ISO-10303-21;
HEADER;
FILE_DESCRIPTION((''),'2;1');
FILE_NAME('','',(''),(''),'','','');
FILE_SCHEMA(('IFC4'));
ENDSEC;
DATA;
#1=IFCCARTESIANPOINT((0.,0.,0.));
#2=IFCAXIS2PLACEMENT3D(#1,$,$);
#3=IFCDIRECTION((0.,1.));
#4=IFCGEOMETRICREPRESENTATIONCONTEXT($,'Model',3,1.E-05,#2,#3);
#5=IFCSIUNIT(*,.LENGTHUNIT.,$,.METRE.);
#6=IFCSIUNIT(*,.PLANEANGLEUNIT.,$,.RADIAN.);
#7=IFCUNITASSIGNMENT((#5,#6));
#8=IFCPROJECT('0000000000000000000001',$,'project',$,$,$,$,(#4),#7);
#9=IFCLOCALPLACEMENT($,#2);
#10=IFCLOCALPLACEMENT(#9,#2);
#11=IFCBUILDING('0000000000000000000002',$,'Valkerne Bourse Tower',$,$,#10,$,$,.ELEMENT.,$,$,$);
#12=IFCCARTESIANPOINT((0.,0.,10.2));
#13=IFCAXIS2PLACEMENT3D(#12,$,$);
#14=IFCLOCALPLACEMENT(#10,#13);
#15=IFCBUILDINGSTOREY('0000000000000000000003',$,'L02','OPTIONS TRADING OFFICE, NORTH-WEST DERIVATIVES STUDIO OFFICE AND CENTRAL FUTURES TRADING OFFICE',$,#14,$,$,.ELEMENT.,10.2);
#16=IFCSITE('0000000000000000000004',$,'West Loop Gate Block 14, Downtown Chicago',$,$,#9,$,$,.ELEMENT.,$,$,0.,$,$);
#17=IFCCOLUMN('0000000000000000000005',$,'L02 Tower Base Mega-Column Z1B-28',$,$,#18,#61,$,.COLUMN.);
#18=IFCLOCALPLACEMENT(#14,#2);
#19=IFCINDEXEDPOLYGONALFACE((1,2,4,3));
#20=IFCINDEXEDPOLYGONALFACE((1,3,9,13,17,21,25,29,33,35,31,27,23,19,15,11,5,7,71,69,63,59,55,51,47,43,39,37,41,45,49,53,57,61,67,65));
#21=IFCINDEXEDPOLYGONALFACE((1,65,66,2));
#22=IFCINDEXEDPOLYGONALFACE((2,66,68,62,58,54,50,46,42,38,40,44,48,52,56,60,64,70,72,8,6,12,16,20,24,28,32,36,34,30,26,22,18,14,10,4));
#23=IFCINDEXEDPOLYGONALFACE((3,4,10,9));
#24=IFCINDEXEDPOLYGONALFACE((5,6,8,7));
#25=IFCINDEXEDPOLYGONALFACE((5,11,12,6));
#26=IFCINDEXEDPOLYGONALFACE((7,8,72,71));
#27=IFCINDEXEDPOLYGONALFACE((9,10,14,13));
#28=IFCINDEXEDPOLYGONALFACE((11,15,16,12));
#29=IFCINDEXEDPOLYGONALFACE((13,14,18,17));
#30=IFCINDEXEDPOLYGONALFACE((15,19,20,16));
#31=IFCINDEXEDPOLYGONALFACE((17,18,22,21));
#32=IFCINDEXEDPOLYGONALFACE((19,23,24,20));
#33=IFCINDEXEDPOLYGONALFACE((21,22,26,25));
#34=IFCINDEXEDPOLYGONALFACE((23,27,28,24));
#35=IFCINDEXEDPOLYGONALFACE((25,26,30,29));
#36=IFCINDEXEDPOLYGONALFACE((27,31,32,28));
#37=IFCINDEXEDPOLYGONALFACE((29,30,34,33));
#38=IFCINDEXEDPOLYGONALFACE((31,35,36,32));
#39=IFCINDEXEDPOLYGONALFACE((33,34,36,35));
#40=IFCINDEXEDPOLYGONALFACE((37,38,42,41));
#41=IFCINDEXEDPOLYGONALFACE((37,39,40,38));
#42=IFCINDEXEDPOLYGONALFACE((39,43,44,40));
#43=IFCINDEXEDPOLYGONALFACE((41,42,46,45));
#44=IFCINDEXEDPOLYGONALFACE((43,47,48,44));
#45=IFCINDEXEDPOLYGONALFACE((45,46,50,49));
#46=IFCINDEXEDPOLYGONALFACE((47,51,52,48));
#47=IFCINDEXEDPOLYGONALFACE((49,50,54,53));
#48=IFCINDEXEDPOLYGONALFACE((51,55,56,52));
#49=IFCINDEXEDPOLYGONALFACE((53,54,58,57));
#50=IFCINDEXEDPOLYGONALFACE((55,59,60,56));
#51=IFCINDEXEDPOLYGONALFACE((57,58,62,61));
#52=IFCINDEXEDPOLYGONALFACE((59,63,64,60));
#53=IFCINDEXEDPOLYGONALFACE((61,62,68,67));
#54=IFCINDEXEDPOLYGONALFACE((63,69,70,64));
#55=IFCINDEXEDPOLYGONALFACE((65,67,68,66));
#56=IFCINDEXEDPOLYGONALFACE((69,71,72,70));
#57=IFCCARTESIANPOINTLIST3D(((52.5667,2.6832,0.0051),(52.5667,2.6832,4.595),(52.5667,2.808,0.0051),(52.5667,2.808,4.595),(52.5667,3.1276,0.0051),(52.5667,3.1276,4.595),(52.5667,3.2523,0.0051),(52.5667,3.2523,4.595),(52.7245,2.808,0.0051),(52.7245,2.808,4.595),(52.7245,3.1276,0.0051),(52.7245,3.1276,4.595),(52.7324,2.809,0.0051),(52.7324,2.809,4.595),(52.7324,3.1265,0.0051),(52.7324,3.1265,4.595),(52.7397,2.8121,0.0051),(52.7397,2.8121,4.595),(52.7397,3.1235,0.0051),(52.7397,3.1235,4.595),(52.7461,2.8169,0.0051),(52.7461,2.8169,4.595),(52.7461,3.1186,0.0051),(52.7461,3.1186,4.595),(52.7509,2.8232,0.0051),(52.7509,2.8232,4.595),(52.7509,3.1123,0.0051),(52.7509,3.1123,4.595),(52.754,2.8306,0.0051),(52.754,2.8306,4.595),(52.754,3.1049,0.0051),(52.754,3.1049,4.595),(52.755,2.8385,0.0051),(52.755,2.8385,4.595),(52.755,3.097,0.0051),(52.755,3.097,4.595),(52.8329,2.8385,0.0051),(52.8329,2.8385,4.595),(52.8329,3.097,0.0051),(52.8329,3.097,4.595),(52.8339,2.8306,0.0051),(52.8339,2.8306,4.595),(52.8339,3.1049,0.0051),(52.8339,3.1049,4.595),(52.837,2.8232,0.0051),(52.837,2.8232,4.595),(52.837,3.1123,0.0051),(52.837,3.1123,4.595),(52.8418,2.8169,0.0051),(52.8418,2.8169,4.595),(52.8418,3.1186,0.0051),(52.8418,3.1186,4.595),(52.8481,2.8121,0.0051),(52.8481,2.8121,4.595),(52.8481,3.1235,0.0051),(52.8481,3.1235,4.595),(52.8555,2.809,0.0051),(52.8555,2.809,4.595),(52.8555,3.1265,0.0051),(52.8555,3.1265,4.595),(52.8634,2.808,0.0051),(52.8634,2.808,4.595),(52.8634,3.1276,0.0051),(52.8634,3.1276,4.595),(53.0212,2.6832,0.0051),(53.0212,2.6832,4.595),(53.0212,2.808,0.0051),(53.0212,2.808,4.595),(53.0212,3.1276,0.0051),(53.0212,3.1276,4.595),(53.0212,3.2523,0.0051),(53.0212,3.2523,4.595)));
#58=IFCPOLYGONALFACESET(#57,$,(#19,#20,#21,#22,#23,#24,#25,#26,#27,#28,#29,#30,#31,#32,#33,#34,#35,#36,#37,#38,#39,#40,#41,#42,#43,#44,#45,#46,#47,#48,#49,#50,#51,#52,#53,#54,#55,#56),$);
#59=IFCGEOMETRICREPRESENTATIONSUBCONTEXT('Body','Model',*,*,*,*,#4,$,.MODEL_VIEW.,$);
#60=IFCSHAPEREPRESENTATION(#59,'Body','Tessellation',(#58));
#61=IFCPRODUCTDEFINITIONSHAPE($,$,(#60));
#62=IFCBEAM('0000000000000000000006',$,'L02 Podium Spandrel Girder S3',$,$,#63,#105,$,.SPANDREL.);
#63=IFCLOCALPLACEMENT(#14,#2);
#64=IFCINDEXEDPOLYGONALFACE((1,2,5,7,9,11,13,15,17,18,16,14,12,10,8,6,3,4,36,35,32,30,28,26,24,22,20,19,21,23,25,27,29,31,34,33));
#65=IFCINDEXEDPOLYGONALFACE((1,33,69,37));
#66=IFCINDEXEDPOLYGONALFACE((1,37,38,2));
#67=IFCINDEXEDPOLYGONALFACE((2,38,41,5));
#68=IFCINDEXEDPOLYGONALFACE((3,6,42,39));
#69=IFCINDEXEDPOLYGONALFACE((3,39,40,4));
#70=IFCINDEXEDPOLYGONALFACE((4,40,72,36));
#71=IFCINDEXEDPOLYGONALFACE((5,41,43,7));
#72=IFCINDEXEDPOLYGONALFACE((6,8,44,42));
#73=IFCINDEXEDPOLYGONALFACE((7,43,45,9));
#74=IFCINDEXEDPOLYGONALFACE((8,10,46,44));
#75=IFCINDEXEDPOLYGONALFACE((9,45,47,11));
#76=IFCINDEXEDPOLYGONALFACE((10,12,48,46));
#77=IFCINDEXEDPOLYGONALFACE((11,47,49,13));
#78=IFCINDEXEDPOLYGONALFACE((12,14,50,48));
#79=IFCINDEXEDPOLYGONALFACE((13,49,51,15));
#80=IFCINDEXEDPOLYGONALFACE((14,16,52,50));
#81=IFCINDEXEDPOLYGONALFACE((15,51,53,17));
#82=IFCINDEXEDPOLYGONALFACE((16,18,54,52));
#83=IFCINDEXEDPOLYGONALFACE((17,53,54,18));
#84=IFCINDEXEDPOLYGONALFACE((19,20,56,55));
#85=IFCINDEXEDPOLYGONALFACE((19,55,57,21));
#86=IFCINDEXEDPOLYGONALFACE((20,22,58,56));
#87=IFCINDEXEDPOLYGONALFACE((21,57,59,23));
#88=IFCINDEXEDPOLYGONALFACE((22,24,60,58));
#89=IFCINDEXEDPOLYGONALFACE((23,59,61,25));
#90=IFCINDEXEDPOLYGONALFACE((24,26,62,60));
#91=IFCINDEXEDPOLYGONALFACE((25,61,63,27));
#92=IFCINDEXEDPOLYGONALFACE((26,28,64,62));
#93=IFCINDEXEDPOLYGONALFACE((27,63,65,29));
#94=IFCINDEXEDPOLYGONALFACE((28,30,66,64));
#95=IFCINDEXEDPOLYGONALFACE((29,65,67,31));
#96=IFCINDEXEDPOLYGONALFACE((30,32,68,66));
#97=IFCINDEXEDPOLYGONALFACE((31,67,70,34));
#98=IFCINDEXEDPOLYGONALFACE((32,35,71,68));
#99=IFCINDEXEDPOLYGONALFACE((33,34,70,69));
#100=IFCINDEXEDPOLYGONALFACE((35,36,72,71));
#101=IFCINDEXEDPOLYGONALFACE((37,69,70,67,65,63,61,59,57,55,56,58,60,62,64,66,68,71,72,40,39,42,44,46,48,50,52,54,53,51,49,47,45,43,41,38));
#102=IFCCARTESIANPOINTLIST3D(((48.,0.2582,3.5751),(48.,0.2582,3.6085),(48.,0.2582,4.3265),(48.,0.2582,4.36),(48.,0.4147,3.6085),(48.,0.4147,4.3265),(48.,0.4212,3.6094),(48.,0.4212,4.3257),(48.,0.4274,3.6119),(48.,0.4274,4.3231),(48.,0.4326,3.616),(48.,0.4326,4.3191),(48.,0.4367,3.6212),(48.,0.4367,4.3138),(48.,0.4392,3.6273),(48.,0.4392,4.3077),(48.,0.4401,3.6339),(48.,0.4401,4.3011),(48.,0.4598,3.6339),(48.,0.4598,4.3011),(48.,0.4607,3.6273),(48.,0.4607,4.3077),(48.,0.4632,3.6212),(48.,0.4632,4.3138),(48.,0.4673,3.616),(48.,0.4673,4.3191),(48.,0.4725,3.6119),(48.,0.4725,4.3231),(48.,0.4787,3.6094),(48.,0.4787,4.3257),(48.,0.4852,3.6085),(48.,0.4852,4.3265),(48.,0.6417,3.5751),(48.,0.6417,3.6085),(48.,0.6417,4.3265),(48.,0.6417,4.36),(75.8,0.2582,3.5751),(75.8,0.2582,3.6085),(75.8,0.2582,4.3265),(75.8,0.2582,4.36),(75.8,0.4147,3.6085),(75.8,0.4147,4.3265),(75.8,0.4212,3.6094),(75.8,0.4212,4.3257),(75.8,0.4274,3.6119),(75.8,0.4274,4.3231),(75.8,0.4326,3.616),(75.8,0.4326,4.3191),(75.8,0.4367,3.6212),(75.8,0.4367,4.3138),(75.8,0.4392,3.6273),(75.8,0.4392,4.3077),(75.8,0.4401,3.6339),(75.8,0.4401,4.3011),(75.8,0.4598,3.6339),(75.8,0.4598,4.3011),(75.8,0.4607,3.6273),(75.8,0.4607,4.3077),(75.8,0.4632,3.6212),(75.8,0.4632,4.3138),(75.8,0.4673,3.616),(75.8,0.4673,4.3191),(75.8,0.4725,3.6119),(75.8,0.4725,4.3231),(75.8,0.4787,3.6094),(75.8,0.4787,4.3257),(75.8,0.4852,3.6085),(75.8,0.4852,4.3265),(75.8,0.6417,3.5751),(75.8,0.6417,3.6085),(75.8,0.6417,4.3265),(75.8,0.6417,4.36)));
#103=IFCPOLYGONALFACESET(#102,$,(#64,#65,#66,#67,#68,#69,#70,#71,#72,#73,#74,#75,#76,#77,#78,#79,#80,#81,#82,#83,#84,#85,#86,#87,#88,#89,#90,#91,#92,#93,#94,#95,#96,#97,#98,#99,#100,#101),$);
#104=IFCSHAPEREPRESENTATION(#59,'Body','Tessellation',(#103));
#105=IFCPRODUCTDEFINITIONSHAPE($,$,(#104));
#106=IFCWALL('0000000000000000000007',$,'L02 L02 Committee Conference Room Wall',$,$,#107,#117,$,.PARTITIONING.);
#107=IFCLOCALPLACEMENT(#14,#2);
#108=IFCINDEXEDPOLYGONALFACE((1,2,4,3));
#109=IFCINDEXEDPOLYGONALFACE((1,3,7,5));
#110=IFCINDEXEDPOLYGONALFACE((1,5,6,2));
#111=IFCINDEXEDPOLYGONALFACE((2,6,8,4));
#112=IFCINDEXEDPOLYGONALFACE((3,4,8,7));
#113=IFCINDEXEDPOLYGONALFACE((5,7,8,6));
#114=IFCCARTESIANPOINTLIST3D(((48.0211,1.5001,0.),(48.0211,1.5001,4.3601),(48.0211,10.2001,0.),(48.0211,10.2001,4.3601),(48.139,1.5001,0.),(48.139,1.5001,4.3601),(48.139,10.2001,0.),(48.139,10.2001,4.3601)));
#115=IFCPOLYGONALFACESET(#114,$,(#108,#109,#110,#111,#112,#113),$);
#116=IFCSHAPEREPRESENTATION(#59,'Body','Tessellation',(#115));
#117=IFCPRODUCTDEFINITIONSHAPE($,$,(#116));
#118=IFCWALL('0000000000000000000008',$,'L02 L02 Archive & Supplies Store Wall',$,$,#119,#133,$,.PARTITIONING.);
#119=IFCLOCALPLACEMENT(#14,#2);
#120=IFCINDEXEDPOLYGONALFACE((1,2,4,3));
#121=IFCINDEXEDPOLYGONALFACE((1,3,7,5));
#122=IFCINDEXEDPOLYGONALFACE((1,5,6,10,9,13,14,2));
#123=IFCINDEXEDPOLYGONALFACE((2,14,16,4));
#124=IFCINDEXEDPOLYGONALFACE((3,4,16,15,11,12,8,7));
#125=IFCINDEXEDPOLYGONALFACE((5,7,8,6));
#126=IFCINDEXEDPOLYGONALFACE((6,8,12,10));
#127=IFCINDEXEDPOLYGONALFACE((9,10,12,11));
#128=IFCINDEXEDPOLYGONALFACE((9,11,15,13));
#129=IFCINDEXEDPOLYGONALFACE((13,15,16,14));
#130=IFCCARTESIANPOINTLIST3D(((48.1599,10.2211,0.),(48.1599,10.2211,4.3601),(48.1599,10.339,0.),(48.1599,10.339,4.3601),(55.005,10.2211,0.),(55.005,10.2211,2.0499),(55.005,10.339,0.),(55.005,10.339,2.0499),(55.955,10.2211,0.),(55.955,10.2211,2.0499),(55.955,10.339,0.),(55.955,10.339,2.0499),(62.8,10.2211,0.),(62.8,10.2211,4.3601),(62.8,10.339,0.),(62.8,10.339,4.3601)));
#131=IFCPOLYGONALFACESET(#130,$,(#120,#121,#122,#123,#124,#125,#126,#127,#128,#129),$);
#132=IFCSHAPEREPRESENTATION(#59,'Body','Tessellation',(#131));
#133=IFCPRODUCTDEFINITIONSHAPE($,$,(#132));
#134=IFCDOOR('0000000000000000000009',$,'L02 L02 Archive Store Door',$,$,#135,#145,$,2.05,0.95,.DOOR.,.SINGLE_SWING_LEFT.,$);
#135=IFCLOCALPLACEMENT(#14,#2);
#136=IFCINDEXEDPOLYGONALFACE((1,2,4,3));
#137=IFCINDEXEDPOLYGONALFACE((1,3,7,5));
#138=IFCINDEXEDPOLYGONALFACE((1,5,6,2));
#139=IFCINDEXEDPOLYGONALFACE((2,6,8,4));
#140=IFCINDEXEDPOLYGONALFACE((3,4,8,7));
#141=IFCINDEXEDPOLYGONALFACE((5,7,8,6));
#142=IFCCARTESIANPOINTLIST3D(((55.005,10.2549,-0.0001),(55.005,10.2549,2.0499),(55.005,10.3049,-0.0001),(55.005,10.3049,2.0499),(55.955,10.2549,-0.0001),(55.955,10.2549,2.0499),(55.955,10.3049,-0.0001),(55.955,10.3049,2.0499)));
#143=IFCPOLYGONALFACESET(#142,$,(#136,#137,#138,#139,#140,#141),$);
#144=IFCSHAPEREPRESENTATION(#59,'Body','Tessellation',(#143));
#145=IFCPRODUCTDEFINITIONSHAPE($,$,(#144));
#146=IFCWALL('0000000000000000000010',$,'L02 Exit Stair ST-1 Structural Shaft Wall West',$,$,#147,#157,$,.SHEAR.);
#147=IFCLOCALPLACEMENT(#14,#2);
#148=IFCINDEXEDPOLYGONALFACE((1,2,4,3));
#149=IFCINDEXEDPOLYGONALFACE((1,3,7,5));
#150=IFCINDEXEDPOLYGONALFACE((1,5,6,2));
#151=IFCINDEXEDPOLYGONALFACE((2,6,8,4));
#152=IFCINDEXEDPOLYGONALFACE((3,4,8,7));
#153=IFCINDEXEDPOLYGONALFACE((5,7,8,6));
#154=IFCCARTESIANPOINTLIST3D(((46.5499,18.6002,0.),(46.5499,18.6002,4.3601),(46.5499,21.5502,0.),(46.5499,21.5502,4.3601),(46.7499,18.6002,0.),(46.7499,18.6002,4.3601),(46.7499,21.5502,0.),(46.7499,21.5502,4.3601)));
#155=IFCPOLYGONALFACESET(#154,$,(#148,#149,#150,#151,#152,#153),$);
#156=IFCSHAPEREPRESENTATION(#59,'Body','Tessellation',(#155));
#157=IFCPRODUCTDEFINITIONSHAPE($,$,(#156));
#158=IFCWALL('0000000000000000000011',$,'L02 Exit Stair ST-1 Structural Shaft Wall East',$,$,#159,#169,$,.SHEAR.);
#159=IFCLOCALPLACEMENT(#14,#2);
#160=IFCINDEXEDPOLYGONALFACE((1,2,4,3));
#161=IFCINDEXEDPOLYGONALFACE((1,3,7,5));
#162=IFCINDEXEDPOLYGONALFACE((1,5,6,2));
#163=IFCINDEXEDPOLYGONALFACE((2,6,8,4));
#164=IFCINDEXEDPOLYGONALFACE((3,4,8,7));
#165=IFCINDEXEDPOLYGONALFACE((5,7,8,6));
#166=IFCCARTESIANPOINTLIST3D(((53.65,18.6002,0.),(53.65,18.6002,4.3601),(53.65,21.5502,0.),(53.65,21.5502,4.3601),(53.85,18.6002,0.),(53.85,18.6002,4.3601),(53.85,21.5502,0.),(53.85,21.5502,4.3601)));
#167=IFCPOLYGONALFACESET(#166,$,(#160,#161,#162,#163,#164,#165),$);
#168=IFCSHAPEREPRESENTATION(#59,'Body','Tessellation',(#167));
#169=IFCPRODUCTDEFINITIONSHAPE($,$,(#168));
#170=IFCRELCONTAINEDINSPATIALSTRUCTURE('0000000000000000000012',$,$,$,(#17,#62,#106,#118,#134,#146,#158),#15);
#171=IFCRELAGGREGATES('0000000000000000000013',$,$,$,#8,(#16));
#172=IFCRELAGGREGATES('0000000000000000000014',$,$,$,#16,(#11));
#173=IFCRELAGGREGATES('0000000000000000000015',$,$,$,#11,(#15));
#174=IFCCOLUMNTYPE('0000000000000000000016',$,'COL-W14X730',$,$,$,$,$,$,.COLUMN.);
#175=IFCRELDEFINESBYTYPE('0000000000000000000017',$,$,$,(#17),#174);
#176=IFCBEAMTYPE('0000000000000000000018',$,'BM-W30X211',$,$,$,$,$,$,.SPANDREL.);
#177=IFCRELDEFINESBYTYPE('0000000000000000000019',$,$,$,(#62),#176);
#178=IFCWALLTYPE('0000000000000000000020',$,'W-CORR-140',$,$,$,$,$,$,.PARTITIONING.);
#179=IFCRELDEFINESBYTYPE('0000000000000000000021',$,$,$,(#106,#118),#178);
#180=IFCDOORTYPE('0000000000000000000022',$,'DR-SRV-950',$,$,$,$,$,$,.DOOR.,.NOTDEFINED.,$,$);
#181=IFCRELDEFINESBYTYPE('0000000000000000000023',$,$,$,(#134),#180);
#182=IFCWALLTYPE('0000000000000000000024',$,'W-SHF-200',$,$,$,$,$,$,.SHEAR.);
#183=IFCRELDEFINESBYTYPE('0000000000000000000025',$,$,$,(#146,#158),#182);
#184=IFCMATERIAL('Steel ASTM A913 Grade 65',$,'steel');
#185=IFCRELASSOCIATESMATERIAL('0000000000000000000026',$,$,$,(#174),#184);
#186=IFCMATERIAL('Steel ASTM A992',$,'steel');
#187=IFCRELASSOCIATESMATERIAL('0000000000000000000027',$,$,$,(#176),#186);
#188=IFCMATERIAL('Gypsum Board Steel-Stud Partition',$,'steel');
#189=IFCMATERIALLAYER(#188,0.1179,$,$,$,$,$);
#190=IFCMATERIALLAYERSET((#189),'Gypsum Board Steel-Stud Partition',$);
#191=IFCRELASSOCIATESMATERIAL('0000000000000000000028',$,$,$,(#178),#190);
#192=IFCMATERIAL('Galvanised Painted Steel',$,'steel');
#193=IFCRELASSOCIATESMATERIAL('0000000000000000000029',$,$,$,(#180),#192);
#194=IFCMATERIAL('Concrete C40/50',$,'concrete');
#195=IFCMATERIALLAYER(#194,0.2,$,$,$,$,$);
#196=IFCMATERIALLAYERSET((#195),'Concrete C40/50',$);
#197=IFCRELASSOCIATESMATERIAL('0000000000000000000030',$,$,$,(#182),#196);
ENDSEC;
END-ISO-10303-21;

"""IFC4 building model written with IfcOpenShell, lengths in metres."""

from ifc_helpers import new_model, si_unit, direction, frame, frame_2d, origin, origin_2d, place, context, subcontext, project, spatial, rectangle, i_section, extrude, material, layer, layer_set, material_profile, profile_set, type_object, element, fill, save


model = new_model("IFC4")

# Units and contexts
model_context = context("Model", 3, precision=1e-05, world=origin(), true_north=direction((0.0, 1.0)))
body_context = subcontext(model_context, "Body", "Model", "MODEL_VIEW")
ifc_project = project(units=[si_unit("LENGTHUNIT", "METRE"), si_unit("PLANEANGLEUNIT", "RADIAN")], contexts=[model_context])

# Site, building, storey
site_placement = place(None, origin())
site = spatial("IfcSite", under=ifc_project, at=site_placement, Name="West Loop Gate Block 14, Downtown Chicago", CompositionType="ELEMENT", RefElevation=0.0)
building_placement = place(site_placement, origin())
building = spatial("IfcBuilding", under=site, at=building_placement, Name="Valkerne Bourse Tower", CompositionType="ELEMENT")
storey_placement = place(building_placement, frame((0.0, 0.0, 10.2)))
storey = spatial("IfcBuildingStorey", under=building, at=storey_placement, Name="L02", Description="OPTIONS TRADING OFFICE, NORTH-WEST DERIVATIVES STUDIO OFFICE AND CENTRAL FUTURES TRADING OFFICE", CompositionType="ELEMENT", Elevation=10.2)

# Column
ifc_material_1 = material(Name="Steel ASTM A913 Grade 65", Category="steel")
ifc_material_profile_1 = material_profile(ifc_material_1, i_section(OverallWidth=0.4546, OverallDepth=0.5691, WebThickness=0.0779, FlangeThickness=0.1248, FilletRadius=0.0305, at=origin_2d()), Name="W14X730")
ifc_profile_set_1 = profile_set([ifc_material_profile_1], Name="Steel ASTM A913 Grade 65")
column_type_1 = type_object("IfcColumnType", Name="COL-W14X730", PredefinedType="COLUMN", material=ifc_profile_set_1)
for number, where, z_axis, x_axis, name in (
    (1, (52.7939, 2.9678, 0.0051), (0.0, 0.0, 1.0), (1.0, 0.0, 0.0), "L02 Tower Base Mega-Column Z1B-28"),
):
    element("IfcColumn", number, at=place(storey_placement, frame(where, z_axis=z_axis, x_axis=x_axis)), inside=storey, type_object=column_type_1, Name=name, PredefinedType="COLUMN", context=body_context, shape_type="SweptSolid", body=[
        extrude(i_section(OverallWidth=0.4546, OverallDepth=0.5691, WebThickness=0.0779, FlangeThickness=0.1248, FilletRadius=0.0305, at=origin_2d()), origin(), (0.0, 0.0, 1.0), 4.5898),
    ])

# Beam
ifc_material_2 = material(Name="Steel ASTM A992", Category="steel")
ifc_material_profile_2 = material_profile(ifc_material_2, i_section(OverallWidth=0.3835, OverallDepth=0.7849, WebThickness=0.0198, FlangeThickness=0.0334, FilletRadius=0.0254, at=origin_2d()), Name="W30X211")
ifc_profile_set_2 = profile_set([ifc_material_profile_2], Name="Steel ASTM A992")
beam_type = type_object("IfcBeamType", Name="BM-W30X211", PredefinedType="SPANDREL", material=ifc_profile_set_2)
beam_placement = place(storey_placement, frame((48.0, 0.45, 3.9675), z_axis=(1.0, 0.0, 0.0), x_axis=(0.0, 1.0, 0.0)))
element("IfcBeam", 2, at=beam_placement, inside=storey, type_object=beam_type, Name="L02 Podium Spandrel Girder S3", PredefinedType="SPANDREL", context=body_context, shape_type="SweptSolid", body=[
    extrude(i_section(OverallWidth=0.3835, OverallDepth=0.7849, WebThickness=0.0198, FlangeThickness=0.0334, FilletRadius=0.0254, at=origin_2d()), origin(), (0.0, 0.0, 1.0), 27.8),
])

# Wall
ifc_material_3 = material(Name="Gypsum Board Steel-Stud Partition", Category="steel")
ifc_layer_1 = layer(ifc_material_3, 0.1179)
ifc_layer_set_1 = layer_set([ifc_layer_1], Name="Gypsum Board Steel-Stud Partition")
wall_type_1 = type_object("IfcWallType", Name="W-CORR-140", PredefinedType="PARTITIONING", material=ifc_layer_set_1)
wall_1_placement = place(storey_placement, frame((48.0801, 1.5, 0.0), z_axis=(0.0, 0.0, 1.0), x_axis=(0.0, 1.0, 0.0)))
element("IfcWall", 3, at=wall_1_placement, inside=storey, type_object=wall_type_1, Name="L02 L02 Committee Conference Room Wall", PredefinedType="PARTITIONING", context=body_context, shape_type="SweptSolid", body=[
    extrude(rectangle(XDim=8.7, YDim=0.1179, at=frame_2d((4.3501, 0.0))), origin(), (0.0, 0.0, 1.0), 4.3601),
])

# Wall, opening, door
wall_2_placement = place(storey_placement, frame((48.1599, 10.28, 0.0), z_axis=(0.0, 0.0, 1.0), x_axis=(1.0, 0.0, 0.0)))
wall_2 = element("IfcWall", 4, at=wall_2_placement, inside=storey, type_object=wall_type_1, Name="L02 L02 Archive & Supplies Store Wall", PredefinedType="PARTITIONING", context=body_context, shape_type="SweptSolid", body=[
    extrude(rectangle(XDim=14.6401, YDim=0.1179, at=frame_2d((7.3201, 0.0))), origin(), (0.0, 0.0, 1.0), 4.3601),
])
opening_1_placement = place(wall_2_placement, frame((6.845, 0.0, 0.0)))
opening_1 = element("IfcOpeningElement", 5, at=opening_1_placement, cuts=wall_2, PredefinedType="OPENING", context=body_context, shape_type="SweptSolid", body=[
    extrude(rectangle(XDim=0.95, YDim=2.05, at=frame_2d((0.4751, 1.0249))), frame((0.0, 0.0688, 0.0), z_axis=(0.0, -1.0, 0.0), x_axis=(1.0, 0.0, 0.0)), (0.0, 0.0, 1.0), 0.1379),
])
ifc_material_4 = material(Name="Galvanised Painted Steel", Category="steel")
door_type_1 = type_object("IfcDoorType", Name="DR-SRV-950", OperationType="NOTDEFINED", PredefinedType="DOOR", material=ifc_material_4)
door_1_placement = place(opening_1_placement, origin())
door_1 = element("IfcDoor", 6, at=door_1_placement, inside=storey, type_object=door_type_1, Name="L02 L02 Archive Store Door", OperationType="SINGLE_SWING_LEFT", OverallHeight=2.05, OverallWidth=0.95, PredefinedType="DOOR", context=body_context, shape_type="SweptSolid", body=[
    extrude(rectangle(XDim=0.95, YDim=2.05, at=frame_2d((0.4751, 1.0249))), frame((0.0, 0.0249, 0.0), z_axis=(0.0, -1.0, 0.0), x_axis=(1.0, 0.0, 0.0)), (0.0, 0.0, 1.0), 0.05),
])
fill(opening_1, door_1)

# Walls
ifc_material_5 = material(Name="Concrete C40/50", Category="concrete")
ifc_layer_2 = layer(ifc_material_5, 0.2)
ifc_layer_set_2 = layer_set([ifc_layer_2], Name="Concrete C40/50")
wall_type_2 = type_object("IfcWallType", Name="W-SHF-200", PredefinedType="SHEAR", material=ifc_layer_set_2)
for number, where, z_axis, x_axis, name in (
    (7, (46.6499, 18.6001, 0.0), (0.0, 0.0, 1.0), (0.0, 1.0, 0.0), "L02 Exit Stair ST-1 Structural Shaft Wall West"),
    (8, (53.75, 18.6001, 0.0), (0.0, 0.0, 1.0), (0.0, 1.0, 0.0), "L02 Exit Stair ST-1 Structural Shaft Wall East"),
):
    element("IfcWall", number, at=place(storey_placement, frame(where, z_axis=z_axis, x_axis=x_axis)), inside=storey, type_object=wall_type_2, Name=name, PredefinedType="SHEAR", context=body_context, shape_type="SweptSolid", body=[
        extrude(rectangle(XDim=2.95, YDim=0.2, at=frame_2d((1.4751, 0.0))), origin(), (0.0, 0.0, 1.0), 4.3601),
    ])

save(model, "model.ifc")
